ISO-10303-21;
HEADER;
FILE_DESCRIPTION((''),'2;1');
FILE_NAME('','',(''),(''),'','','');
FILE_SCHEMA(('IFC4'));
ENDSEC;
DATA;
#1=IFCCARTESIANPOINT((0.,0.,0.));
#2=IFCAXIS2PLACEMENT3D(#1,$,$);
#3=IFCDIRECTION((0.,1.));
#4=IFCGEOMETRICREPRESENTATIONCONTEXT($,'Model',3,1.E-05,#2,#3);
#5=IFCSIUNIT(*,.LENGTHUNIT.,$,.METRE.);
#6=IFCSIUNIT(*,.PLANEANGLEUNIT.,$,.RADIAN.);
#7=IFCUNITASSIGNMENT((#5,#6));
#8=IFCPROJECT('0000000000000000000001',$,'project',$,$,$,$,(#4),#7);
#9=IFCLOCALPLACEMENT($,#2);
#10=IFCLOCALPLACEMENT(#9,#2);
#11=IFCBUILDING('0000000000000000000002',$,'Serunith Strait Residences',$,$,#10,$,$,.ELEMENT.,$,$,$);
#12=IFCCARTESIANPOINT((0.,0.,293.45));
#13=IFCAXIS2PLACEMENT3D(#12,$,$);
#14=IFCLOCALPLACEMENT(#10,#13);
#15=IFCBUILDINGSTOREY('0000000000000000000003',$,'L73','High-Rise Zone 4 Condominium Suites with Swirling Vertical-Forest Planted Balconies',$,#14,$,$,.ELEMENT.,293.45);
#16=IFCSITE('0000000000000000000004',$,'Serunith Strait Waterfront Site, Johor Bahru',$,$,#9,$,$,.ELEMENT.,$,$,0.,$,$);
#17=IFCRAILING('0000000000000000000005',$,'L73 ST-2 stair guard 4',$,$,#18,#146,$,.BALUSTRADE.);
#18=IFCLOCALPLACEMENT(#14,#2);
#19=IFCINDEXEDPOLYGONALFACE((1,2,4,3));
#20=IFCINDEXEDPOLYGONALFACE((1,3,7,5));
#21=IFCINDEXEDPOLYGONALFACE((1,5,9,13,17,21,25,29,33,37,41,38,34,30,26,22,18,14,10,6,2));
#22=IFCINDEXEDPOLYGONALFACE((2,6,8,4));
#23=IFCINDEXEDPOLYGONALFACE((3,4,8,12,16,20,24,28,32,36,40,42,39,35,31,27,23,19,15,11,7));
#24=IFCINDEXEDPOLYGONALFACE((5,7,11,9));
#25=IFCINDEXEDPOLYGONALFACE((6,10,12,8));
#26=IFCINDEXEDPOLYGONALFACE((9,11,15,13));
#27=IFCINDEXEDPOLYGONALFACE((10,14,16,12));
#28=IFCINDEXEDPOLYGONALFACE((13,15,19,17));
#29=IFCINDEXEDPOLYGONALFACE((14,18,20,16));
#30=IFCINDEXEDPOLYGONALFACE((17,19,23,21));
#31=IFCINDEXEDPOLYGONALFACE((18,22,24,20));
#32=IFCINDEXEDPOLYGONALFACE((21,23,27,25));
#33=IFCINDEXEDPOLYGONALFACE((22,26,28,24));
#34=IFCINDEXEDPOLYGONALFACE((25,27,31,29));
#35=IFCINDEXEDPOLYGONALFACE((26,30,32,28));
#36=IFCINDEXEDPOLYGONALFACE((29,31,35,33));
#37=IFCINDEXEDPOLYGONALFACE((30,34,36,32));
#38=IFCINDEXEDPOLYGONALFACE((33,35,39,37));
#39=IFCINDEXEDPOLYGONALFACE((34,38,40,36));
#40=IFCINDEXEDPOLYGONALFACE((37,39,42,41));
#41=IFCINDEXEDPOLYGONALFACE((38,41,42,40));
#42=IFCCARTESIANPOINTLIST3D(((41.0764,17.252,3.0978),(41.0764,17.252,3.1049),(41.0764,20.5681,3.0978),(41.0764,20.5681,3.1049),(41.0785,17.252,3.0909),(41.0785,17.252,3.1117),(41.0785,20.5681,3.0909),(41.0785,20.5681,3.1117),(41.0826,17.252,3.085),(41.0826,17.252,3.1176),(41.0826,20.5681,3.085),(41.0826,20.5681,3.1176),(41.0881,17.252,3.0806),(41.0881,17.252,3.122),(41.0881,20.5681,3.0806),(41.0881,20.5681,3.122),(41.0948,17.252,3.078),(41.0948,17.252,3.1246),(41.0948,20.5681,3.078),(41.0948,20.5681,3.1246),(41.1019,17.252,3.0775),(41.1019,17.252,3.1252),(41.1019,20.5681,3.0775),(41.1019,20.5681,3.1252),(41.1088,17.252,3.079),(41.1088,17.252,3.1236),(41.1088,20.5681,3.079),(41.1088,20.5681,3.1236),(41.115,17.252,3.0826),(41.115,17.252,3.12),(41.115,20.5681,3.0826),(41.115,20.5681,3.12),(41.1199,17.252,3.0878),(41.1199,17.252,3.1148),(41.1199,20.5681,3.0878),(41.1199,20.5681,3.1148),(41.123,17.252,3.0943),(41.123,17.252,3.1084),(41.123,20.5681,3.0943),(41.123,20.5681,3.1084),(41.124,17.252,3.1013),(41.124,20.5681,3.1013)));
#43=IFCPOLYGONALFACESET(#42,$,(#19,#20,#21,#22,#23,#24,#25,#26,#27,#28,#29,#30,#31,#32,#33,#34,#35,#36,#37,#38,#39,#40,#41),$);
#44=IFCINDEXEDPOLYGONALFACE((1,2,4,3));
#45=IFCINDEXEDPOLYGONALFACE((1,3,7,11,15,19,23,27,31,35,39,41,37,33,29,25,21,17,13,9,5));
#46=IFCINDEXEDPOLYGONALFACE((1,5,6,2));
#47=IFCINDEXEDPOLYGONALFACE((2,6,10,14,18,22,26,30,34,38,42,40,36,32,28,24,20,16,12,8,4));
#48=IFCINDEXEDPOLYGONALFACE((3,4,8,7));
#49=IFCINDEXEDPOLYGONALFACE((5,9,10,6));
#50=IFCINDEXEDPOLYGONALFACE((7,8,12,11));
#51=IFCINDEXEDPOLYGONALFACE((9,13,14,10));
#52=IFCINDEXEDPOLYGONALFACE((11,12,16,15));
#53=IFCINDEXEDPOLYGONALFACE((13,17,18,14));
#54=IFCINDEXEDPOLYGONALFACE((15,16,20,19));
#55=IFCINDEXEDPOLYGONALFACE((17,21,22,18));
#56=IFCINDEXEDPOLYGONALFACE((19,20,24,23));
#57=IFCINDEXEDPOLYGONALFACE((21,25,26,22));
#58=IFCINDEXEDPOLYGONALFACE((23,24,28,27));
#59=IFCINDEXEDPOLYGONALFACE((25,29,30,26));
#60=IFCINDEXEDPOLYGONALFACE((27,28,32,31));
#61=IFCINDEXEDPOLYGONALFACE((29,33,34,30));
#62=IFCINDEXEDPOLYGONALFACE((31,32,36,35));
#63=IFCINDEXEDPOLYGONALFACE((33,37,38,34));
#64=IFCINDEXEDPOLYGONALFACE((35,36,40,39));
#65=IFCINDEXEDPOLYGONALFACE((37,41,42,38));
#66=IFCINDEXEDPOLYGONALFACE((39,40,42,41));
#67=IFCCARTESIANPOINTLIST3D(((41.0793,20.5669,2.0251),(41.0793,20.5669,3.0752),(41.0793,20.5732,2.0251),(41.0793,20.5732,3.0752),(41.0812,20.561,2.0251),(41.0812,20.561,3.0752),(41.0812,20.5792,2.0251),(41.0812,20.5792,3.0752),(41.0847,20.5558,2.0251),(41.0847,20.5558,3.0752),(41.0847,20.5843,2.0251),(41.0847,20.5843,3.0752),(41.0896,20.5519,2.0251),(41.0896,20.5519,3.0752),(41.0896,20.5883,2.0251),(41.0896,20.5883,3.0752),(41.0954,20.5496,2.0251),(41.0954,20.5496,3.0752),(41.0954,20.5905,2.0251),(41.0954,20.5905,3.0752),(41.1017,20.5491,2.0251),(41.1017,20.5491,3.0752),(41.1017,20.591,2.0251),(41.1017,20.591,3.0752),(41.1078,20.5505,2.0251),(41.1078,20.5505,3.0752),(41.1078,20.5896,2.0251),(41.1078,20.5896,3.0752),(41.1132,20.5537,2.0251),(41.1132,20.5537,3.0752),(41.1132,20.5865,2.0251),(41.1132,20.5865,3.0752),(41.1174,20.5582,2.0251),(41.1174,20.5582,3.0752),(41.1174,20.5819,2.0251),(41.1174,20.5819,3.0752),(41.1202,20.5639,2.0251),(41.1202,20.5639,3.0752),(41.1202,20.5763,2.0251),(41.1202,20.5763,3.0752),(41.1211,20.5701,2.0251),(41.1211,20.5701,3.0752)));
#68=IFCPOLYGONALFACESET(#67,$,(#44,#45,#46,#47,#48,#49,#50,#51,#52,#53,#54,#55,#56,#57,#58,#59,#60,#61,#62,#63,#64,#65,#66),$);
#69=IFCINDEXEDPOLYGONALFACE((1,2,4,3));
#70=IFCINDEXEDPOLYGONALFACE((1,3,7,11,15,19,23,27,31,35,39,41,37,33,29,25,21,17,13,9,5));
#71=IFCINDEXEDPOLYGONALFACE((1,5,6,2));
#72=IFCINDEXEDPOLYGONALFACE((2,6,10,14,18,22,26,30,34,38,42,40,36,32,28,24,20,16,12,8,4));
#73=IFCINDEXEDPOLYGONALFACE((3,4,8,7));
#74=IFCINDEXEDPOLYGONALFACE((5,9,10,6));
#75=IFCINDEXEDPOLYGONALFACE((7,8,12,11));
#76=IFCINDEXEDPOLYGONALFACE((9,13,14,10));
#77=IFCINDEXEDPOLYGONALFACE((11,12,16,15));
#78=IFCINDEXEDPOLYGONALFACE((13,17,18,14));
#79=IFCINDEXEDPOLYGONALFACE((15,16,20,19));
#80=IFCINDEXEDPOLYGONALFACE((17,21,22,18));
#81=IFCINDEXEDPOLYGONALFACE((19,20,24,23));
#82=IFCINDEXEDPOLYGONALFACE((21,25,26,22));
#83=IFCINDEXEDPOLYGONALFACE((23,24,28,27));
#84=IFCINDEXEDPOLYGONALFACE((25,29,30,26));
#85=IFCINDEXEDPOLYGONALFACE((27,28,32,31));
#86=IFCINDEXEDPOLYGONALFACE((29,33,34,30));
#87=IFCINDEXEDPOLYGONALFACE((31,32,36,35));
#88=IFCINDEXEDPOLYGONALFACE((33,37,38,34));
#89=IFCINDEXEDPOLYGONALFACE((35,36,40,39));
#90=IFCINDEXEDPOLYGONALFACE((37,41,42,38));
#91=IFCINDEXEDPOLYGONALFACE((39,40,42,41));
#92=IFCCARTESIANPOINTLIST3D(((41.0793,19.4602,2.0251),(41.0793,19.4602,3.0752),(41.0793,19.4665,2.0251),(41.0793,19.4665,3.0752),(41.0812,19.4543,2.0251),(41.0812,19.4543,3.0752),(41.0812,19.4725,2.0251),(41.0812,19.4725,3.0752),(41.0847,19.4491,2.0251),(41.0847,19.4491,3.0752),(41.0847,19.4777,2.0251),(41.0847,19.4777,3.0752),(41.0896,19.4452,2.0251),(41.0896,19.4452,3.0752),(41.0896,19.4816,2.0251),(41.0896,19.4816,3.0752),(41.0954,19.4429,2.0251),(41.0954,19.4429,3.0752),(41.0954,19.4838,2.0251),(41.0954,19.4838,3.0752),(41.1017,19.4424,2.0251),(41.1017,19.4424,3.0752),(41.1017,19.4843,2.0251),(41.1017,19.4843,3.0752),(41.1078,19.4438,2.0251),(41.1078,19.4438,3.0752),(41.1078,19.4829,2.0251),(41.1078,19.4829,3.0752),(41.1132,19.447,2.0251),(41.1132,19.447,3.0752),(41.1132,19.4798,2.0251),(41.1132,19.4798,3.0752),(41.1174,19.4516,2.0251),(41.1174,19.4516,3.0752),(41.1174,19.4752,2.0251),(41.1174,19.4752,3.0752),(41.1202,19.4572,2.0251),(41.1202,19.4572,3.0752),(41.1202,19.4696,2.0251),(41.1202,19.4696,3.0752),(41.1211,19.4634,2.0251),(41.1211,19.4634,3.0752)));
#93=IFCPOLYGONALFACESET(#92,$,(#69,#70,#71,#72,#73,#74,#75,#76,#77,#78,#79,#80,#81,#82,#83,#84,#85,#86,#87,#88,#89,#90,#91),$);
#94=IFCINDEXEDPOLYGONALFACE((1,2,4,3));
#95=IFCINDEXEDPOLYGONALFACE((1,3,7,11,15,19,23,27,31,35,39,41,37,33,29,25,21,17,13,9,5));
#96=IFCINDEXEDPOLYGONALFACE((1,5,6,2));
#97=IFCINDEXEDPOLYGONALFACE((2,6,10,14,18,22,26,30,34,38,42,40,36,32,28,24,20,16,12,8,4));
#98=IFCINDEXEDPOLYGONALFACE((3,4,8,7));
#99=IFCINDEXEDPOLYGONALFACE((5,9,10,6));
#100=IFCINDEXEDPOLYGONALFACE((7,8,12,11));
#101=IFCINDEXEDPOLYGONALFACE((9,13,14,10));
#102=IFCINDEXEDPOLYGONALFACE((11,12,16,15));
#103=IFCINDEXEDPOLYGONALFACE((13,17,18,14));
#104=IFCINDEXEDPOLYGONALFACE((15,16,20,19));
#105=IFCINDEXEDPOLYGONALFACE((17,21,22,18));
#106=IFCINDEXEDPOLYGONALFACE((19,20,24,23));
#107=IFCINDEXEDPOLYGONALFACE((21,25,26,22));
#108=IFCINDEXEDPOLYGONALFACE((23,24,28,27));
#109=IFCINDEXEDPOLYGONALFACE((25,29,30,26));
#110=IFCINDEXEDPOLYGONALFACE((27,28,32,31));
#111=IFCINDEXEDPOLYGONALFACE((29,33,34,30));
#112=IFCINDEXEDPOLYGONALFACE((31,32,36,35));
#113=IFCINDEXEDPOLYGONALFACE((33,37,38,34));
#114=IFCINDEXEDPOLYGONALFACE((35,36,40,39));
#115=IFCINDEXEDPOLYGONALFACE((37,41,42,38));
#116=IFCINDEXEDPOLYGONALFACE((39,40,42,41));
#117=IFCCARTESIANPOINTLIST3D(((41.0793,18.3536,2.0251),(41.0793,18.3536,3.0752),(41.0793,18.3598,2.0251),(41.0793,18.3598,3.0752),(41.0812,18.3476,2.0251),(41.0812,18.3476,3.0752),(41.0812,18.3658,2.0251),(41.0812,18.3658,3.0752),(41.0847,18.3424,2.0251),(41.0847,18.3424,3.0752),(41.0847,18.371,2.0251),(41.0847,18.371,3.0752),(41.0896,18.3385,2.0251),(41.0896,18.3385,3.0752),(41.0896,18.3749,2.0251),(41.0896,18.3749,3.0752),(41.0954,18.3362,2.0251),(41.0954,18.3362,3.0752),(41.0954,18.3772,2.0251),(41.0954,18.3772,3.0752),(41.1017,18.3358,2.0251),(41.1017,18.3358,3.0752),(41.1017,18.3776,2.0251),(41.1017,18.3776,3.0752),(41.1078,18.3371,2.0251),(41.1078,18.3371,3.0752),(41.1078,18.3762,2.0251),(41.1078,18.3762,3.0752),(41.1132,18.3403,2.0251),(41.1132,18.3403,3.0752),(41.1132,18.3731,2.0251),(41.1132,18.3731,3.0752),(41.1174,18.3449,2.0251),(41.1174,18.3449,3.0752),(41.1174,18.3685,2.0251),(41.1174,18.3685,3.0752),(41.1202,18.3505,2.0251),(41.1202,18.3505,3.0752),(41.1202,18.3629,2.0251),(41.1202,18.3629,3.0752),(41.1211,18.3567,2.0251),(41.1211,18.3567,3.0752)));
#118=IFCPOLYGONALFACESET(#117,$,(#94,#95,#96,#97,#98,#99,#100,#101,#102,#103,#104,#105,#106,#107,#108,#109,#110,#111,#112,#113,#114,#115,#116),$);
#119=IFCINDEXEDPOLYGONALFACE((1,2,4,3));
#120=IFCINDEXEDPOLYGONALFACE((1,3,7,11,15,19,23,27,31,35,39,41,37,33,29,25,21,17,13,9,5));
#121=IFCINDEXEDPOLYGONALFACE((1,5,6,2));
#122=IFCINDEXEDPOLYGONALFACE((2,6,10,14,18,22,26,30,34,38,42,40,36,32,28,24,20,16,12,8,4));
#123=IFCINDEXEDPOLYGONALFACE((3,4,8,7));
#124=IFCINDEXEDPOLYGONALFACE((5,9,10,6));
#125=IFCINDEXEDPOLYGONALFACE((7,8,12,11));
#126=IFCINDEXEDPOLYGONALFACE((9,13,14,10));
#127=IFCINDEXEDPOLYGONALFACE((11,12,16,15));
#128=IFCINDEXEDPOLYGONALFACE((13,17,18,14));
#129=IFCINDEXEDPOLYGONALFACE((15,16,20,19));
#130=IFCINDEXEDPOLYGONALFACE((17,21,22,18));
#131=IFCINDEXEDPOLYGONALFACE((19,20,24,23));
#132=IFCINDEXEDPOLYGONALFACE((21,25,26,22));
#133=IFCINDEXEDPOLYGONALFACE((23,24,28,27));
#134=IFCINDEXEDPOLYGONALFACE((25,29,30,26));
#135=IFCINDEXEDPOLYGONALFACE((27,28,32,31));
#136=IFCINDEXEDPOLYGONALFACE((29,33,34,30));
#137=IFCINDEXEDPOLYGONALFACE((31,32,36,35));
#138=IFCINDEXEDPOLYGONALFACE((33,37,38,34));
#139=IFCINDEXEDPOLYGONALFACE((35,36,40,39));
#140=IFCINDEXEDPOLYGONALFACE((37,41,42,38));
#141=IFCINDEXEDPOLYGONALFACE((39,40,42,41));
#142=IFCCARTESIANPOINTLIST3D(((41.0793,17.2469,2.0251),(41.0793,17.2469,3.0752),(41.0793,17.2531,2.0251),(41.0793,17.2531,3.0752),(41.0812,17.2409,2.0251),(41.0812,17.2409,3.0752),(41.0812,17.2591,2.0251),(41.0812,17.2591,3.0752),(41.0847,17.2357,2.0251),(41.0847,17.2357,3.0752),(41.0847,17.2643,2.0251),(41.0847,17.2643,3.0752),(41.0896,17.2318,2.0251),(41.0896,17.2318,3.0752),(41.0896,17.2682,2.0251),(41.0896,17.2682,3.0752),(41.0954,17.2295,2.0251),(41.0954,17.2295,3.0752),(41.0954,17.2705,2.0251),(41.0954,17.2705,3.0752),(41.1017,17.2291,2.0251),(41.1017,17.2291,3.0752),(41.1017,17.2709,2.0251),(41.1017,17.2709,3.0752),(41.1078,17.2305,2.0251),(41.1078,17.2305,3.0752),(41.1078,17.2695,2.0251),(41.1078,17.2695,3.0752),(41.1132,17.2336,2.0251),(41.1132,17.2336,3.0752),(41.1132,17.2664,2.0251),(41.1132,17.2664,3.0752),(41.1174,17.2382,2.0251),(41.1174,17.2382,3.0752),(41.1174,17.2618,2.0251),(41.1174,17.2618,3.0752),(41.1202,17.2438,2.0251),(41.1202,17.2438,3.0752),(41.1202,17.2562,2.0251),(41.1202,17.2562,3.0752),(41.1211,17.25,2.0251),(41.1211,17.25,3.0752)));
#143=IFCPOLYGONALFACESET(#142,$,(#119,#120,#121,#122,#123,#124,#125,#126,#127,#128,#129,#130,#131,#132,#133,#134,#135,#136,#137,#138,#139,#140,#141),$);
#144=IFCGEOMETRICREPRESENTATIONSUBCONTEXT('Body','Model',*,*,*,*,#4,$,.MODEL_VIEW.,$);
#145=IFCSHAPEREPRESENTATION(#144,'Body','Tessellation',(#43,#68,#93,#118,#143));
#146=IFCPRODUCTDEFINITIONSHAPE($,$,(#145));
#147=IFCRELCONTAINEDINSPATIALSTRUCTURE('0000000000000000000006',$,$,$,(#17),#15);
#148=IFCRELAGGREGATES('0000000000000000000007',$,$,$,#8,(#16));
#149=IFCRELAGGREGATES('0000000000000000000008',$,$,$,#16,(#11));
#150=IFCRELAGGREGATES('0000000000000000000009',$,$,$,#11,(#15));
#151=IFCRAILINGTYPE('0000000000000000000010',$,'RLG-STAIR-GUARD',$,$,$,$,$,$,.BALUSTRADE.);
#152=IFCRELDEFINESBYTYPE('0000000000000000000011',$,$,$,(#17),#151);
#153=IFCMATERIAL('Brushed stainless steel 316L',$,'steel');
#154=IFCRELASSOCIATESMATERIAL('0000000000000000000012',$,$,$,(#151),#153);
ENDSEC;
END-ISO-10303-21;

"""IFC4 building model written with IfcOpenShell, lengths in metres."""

from ifc_helpers import new_model, si_unit, direction, frame, origin, origin_2d, place, context, subcontext, project, spatial, circle, extrude, material, type_object, element, save


model = new_model("IFC4")

# Units and contexts
model_context = context("Model", 3, precision=1e-05, world=origin(), true_north=direction((0.0, 1.0)))
body_context = subcontext(model_context, "Body", "Model", "MODEL_VIEW")
ifc_project = project(units=[si_unit("LENGTHUNIT", "METRE"), si_unit("PLANEANGLEUNIT", "RADIAN")], contexts=[model_context])

# Site, building, storey
site_placement = place(None, origin())
site = spatial("IfcSite", under=ifc_project, at=site_placement, Name="Serunith Strait Waterfront Site, Johor Bahru", CompositionType="ELEMENT", RefElevation=0.0)
building_placement = place(site_placement, origin())
building = spatial("IfcBuilding", under=site, at=building_placement, Name="Serunith Strait Residences", CompositionType="ELEMENT")
storey_placement = place(building_placement, frame((0.0, 0.0, 293.45)))
storey = spatial("IfcBuildingStorey", under=building, at=storey_placement, Name="L73", Description="High-Rise Zone 4 Condominium Suites with Swirling Vertical-Forest Planted Balconies", CompositionType="ELEMENT", Elevation=293.45)

# Railing
ifc_material_1 = material(Name="Brushed stainless steel 316L", Category="steel")
railing_type_1 = type_object("IfcRailingType", Name="RLG-STAIR-GUARD", PredefinedType="BALUSTRADE", material=ifc_material_1)
for number, where, name in (
    (1, (41.1001, 20.5701, 2.0251), "L73 ST-2 stair guard 4"),
):
    element("IfcRailing", number, at=place(storey_placement, frame(where)), inside=storey, type_object=railing_type_1, Name=name, PredefinedType="BALUSTRADE", context=body_context, shape_type="SweptSolid", body=[
        extrude(circle(Radius=0.0239, at=origin_2d()), frame((0.0, -0.002, 1.0762), z_axis=(0.0, -1.0, 0.0), x_axis=(1.0, 0.0, 0.0)), (0.0, 0.0, 1.0), 3.3162),
        extrude(circle(Radius=0.021, at=origin_2d()), origin(), (0.0, 0.0, 1.0), 1.05),
        extrude(circle(Radius=0.021, at=origin_2d()), frame((0.0, -1.1067, 0.0)), (0.0, 0.0, 1.0), 1.05),
        extrude(circle(Radius=0.021, at=origin_2d()), frame((0.0, -2.2134, 0.0)), (0.0, 0.0, 1.0), 1.05),
        extrude(circle(Radius=0.021, at=origin_2d()), frame((0.0, -3.3201, 0.0)), (0.0, 0.0, 1.0), 1.05),
    ])

save(model, "model.ifc")
